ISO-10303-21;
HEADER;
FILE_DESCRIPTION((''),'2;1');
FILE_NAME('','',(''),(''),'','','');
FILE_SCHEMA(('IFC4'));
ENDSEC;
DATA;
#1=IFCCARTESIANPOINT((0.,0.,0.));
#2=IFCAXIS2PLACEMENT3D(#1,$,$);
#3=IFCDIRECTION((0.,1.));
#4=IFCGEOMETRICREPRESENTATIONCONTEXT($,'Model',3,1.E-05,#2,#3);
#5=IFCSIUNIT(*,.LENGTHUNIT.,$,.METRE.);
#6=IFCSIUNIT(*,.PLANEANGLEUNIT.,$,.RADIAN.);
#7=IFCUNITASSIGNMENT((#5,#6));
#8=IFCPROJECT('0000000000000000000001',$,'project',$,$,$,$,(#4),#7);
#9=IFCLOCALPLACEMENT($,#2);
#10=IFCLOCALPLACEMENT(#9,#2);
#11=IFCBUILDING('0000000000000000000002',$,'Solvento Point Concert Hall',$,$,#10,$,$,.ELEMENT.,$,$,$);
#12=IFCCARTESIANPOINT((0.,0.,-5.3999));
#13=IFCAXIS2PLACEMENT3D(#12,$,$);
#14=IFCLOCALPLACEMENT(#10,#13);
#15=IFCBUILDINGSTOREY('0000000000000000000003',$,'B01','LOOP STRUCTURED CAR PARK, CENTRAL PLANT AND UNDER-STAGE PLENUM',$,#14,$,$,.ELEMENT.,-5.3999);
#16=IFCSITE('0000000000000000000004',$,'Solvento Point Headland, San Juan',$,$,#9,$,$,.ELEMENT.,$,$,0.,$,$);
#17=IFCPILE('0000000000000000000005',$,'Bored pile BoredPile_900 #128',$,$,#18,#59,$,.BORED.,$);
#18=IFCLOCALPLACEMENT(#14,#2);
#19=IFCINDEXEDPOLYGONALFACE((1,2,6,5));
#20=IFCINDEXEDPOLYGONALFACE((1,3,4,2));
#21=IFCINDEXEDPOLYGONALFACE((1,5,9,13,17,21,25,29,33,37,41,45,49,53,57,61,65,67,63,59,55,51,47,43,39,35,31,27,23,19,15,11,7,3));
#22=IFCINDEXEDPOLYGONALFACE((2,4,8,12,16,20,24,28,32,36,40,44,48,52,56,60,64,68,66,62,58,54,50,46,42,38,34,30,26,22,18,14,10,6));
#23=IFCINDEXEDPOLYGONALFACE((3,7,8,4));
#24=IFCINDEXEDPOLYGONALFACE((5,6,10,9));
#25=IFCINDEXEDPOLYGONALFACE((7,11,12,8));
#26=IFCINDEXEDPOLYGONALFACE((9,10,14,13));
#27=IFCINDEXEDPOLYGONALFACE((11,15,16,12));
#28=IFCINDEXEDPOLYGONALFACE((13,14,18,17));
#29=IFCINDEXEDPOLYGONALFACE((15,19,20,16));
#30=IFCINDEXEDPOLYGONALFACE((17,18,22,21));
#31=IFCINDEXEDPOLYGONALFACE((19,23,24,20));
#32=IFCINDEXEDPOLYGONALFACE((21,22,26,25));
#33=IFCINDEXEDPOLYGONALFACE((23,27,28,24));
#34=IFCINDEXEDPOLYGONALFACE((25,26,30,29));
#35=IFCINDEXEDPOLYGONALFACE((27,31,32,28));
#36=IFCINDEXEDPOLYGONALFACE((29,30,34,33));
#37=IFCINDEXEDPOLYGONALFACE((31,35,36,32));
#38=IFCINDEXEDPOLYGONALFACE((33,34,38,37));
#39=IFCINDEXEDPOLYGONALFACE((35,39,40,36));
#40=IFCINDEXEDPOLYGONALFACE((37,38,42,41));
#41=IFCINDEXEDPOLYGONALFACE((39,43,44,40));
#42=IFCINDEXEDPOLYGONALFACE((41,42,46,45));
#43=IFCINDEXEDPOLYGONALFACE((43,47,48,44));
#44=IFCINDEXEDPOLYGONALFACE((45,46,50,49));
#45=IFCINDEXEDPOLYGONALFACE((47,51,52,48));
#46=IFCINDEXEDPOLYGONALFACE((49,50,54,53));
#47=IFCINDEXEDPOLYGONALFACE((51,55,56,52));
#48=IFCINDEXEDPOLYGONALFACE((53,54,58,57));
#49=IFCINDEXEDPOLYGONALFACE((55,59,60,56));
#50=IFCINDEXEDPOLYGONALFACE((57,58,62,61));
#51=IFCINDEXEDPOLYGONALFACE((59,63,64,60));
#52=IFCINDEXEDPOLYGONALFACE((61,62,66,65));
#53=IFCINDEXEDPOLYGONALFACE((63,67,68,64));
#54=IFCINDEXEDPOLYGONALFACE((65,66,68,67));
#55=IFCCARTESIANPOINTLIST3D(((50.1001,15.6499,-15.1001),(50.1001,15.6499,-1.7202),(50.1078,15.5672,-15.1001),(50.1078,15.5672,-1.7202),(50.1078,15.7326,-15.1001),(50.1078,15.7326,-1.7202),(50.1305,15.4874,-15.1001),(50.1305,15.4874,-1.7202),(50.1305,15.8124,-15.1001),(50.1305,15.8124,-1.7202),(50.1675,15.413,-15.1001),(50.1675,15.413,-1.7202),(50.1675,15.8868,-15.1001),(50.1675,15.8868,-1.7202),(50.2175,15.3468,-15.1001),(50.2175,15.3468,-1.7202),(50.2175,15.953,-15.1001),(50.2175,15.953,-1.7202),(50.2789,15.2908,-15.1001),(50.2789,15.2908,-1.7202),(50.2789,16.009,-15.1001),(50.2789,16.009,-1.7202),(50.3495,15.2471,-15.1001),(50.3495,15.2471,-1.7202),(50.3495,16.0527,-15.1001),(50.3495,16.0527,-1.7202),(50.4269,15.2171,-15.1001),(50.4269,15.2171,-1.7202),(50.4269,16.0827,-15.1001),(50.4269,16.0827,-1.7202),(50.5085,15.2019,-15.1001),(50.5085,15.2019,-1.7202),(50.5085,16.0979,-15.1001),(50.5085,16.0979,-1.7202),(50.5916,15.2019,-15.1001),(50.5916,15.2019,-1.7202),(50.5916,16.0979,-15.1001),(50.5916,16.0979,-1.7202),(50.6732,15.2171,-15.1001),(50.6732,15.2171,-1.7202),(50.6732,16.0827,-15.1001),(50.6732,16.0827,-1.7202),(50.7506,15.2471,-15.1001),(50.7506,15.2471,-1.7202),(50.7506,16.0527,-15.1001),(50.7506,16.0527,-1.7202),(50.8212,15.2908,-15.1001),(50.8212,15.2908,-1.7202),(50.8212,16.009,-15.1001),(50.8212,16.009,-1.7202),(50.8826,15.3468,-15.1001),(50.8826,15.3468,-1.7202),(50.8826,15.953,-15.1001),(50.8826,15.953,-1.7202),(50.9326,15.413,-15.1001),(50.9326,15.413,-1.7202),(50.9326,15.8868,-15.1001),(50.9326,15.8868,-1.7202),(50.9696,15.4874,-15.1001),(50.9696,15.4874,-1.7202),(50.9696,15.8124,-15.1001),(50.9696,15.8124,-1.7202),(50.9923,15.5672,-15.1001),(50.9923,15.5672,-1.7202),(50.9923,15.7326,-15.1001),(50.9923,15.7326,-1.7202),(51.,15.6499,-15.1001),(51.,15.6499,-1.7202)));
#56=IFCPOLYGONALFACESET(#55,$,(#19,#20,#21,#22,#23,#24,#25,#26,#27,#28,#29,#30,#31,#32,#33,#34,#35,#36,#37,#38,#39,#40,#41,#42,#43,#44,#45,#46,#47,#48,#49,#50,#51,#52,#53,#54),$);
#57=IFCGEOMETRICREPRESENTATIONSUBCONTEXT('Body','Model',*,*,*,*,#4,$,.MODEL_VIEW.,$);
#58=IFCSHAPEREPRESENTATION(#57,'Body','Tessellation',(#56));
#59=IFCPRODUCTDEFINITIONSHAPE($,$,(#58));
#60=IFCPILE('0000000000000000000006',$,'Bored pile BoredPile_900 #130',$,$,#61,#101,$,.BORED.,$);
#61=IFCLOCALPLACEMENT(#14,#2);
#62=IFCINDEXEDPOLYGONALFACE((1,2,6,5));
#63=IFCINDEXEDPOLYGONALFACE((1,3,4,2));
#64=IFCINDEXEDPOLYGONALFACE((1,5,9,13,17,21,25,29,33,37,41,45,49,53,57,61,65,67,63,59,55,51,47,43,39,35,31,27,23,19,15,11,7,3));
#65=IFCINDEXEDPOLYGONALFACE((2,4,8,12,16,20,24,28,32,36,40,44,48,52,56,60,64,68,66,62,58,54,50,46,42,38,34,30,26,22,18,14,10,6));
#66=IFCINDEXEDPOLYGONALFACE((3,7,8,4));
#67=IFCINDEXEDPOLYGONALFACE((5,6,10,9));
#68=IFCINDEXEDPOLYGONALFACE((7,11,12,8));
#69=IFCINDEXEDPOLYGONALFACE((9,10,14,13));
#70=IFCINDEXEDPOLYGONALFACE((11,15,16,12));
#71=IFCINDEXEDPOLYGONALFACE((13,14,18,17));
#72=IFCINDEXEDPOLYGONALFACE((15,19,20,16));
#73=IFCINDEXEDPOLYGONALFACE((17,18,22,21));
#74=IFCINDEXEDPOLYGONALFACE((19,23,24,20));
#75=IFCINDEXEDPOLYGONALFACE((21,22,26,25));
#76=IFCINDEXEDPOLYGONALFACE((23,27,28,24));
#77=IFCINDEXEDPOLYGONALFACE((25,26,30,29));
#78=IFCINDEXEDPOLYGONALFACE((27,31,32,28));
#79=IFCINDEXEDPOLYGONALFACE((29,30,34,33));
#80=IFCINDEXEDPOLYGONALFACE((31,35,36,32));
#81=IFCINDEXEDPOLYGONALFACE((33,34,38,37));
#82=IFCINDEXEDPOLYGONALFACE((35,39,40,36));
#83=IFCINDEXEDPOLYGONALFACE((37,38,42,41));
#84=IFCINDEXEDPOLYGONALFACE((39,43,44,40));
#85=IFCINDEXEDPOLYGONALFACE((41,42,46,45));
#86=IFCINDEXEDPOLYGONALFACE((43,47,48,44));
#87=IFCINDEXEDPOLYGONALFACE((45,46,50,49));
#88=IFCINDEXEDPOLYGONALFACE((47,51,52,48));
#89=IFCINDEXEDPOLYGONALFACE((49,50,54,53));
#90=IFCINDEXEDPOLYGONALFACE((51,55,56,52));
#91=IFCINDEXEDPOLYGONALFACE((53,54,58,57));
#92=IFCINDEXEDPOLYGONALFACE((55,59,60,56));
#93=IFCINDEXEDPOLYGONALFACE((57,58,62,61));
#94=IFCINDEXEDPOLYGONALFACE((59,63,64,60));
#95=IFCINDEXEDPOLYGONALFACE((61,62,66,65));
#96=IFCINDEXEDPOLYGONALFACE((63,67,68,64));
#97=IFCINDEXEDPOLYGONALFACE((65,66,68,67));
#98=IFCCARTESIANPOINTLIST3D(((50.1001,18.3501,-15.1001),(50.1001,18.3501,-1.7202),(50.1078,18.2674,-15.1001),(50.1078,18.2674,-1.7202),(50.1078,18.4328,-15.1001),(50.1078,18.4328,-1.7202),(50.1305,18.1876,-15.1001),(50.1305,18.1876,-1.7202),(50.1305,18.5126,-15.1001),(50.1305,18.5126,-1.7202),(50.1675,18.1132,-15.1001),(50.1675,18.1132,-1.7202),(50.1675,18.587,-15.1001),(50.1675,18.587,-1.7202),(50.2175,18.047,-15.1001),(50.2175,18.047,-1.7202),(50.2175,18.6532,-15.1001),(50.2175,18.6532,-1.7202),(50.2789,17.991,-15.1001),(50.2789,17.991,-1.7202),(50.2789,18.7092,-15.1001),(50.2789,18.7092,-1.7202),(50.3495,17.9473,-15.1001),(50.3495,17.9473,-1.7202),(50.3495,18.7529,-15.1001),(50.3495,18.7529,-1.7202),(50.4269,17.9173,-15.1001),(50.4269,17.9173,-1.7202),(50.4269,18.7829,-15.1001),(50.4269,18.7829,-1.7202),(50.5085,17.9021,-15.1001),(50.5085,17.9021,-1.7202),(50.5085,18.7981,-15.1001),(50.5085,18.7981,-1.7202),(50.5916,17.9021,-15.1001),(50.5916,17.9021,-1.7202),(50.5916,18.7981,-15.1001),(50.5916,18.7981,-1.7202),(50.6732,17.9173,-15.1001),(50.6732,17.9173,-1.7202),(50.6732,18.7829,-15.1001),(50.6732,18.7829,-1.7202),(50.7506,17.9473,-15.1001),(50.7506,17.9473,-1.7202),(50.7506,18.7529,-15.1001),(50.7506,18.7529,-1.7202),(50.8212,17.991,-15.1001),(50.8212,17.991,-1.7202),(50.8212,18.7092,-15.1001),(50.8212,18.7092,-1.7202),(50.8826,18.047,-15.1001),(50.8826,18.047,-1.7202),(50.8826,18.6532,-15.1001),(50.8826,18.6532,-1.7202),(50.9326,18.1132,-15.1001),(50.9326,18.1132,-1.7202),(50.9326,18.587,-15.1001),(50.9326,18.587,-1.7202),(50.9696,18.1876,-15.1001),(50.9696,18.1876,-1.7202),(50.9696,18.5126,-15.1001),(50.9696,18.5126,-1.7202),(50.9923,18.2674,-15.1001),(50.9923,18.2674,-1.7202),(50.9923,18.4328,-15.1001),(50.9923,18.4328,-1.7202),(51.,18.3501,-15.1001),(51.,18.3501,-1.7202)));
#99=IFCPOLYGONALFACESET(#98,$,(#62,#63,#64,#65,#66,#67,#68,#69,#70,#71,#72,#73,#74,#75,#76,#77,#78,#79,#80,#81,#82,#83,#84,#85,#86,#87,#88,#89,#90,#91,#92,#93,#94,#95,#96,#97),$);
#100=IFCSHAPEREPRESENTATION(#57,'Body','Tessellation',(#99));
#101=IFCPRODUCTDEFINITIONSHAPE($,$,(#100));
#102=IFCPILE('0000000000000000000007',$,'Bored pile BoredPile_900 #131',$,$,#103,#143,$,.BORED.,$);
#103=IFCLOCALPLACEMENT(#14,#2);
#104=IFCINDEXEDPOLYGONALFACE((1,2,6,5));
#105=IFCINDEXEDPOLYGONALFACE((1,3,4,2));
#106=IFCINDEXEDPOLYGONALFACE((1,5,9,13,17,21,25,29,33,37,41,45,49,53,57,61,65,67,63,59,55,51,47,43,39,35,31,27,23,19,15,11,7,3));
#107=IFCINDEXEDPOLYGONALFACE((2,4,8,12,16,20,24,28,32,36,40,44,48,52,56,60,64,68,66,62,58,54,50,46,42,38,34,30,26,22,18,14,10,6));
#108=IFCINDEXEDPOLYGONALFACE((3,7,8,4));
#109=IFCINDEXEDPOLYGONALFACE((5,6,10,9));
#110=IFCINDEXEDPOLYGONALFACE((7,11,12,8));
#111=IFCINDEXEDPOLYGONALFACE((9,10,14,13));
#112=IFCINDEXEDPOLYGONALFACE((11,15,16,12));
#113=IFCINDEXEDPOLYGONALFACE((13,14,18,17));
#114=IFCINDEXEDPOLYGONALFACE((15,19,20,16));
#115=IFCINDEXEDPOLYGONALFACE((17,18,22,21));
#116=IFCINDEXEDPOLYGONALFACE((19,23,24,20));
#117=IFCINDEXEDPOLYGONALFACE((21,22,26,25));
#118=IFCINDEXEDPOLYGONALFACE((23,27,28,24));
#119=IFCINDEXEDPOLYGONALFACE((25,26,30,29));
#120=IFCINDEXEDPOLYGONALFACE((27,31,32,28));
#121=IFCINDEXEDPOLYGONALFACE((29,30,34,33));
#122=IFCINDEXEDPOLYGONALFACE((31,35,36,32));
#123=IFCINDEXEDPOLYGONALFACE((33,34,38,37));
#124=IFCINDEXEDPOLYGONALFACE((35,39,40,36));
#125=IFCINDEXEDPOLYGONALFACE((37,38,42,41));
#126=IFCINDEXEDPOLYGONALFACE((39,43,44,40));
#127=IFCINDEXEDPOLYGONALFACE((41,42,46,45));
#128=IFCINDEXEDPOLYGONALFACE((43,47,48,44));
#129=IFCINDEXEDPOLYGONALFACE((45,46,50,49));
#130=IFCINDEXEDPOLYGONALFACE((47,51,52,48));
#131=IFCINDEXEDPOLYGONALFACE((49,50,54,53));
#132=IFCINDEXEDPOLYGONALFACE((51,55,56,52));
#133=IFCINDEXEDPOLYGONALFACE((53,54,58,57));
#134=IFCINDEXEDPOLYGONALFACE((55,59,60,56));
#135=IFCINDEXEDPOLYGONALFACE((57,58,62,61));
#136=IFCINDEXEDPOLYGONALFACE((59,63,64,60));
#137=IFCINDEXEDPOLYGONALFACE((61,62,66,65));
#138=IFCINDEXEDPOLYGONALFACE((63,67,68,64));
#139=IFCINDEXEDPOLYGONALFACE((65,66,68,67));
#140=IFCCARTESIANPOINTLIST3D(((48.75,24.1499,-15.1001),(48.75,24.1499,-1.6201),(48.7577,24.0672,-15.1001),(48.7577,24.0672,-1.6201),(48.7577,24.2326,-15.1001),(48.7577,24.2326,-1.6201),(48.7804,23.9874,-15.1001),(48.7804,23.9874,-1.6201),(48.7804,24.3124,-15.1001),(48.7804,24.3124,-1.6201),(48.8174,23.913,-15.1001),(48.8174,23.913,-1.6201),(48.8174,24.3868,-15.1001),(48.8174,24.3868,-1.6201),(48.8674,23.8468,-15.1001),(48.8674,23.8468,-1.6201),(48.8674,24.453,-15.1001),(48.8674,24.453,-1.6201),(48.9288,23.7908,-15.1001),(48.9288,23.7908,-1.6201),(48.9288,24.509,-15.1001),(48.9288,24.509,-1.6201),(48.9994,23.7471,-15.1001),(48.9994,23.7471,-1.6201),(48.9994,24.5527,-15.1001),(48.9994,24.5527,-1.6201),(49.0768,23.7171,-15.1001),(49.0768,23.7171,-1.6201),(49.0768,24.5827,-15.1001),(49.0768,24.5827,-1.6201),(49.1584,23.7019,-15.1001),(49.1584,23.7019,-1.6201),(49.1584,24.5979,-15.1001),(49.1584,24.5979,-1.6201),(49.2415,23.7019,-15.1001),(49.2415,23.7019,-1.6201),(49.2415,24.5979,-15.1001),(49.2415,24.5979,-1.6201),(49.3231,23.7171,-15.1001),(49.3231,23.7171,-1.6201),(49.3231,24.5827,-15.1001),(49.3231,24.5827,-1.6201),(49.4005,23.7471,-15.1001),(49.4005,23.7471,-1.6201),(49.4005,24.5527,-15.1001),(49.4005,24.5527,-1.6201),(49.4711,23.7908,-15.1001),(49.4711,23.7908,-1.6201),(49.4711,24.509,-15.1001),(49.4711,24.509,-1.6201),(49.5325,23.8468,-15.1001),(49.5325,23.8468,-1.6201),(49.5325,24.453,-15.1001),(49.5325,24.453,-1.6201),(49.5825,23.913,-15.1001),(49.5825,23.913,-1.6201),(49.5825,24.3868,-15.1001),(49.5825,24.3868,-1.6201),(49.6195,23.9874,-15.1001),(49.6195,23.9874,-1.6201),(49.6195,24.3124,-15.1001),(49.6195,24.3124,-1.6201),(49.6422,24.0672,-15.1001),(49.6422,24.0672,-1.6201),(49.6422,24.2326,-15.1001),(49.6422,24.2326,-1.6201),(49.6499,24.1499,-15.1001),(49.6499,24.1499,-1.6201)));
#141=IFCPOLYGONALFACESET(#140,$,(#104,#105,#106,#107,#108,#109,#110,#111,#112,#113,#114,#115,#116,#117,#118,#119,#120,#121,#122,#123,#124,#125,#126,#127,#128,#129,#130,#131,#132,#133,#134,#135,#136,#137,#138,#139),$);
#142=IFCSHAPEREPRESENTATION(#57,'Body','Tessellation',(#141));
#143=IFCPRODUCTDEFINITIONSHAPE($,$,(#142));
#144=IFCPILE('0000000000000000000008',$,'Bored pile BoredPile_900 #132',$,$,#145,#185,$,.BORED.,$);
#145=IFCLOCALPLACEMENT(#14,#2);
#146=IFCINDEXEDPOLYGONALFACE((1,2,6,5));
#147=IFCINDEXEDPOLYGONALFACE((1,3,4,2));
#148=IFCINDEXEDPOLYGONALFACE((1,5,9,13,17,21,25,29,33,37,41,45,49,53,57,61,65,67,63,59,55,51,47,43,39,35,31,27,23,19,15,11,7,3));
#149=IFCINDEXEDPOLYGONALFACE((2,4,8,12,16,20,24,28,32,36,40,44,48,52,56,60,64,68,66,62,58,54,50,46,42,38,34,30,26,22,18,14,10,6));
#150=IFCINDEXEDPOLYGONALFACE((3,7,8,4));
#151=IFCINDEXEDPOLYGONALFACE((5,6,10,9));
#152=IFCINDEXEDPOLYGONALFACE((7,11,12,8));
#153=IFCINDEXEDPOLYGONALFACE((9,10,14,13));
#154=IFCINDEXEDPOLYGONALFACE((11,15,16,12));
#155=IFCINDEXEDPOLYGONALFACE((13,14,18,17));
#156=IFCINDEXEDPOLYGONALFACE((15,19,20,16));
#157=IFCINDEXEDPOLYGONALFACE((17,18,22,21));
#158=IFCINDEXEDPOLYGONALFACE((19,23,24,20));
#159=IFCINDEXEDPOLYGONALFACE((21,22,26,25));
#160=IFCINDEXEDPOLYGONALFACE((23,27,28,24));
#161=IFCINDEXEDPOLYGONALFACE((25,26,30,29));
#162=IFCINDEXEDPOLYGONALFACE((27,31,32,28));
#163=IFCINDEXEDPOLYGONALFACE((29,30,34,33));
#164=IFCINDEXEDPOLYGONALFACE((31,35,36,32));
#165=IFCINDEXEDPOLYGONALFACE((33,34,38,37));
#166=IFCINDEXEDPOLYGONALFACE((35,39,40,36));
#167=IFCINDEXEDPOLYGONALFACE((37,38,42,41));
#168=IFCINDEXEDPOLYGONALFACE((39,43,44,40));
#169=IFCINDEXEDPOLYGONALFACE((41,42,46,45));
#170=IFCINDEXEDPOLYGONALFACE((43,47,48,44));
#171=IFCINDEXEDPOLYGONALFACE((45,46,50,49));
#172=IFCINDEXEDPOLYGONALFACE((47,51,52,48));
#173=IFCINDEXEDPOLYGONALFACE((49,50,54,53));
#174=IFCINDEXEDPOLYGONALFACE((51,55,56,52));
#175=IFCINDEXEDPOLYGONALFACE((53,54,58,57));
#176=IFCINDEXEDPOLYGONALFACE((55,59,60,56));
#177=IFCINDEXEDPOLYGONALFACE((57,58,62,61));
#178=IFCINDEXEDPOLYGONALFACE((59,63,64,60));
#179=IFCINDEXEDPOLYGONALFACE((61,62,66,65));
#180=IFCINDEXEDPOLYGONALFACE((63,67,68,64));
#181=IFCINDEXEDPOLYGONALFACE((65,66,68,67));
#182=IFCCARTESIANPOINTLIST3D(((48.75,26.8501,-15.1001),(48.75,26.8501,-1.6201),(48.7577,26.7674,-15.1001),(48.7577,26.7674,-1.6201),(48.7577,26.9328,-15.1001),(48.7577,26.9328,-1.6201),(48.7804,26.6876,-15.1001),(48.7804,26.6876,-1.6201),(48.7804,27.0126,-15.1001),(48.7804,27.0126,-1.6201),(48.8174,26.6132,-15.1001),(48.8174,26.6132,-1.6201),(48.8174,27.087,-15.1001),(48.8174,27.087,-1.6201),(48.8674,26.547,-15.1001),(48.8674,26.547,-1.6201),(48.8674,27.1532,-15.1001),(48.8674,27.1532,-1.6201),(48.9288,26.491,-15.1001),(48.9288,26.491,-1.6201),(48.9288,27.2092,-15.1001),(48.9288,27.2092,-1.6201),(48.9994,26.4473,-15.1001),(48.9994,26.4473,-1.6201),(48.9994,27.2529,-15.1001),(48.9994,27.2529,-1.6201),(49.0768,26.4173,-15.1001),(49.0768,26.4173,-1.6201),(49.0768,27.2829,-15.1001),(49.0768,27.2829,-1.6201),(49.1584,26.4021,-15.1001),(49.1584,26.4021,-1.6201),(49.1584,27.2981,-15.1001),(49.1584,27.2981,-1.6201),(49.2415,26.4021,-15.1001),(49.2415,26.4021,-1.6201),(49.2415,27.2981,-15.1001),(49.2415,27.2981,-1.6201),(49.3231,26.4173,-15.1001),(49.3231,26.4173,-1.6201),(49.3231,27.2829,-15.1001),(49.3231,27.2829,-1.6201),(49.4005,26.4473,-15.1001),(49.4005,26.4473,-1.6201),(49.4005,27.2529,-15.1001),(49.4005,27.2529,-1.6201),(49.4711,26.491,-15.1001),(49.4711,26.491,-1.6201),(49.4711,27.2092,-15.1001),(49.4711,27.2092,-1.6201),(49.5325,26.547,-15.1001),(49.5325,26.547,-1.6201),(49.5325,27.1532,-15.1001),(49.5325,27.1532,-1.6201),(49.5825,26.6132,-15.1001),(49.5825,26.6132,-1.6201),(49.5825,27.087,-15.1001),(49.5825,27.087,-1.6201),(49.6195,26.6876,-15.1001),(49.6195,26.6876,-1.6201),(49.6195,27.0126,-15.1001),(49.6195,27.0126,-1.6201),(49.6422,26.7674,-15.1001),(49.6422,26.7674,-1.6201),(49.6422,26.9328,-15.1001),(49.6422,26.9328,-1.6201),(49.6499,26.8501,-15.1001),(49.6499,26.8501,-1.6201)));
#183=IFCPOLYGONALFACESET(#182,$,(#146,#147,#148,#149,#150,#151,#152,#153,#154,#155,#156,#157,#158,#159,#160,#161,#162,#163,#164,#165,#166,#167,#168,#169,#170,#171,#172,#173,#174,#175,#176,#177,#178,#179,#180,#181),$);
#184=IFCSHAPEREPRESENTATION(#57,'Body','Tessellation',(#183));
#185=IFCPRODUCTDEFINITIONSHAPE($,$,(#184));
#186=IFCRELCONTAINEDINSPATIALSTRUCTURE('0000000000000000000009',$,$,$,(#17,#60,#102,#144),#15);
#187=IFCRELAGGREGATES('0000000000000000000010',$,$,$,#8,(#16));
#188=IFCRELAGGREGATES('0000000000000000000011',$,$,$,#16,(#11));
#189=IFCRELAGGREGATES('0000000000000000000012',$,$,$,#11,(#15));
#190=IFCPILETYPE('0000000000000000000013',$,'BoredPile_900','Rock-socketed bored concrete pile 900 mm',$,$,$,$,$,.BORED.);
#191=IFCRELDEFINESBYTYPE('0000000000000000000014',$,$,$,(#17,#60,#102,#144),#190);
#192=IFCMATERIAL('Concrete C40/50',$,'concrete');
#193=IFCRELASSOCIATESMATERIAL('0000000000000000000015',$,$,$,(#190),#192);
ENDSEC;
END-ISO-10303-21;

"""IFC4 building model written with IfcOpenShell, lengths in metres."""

from ifc_helpers import new_model, si_unit, direction, frame, origin, origin_2d, place, context, subcontext, project, spatial, circle, extrude, material, material_profile, profile_set, type_object, element, save


model = new_model("IFC4")

# Units and contexts
model_context = context("Model", 3, precision=1e-05, world=origin(), true_north=direction((0.0, 1.0)))
body_context = subcontext(model_context, "Body", "Model", "MODEL_VIEW")
ifc_project = project(units=[si_unit("LENGTHUNIT", "METRE"), si_unit("PLANEANGLEUNIT", "RADIAN")], contexts=[model_context])

# Site, building, storey
site_placement = place(None, origin())
site = spatial("IfcSite", under=ifc_project, at=site_placement, Name="Solvento Point Headland, San Juan", CompositionType="ELEMENT", RefElevation=0.0)
building_placement = place(site_placement, origin())
building = spatial("IfcBuilding", under=site, at=building_placement, Name="Solvento Point Concert Hall", CompositionType="ELEMENT")
storey_placement = place(building_placement, frame((0.0, 0.0, -5.3999)))
storey = spatial("IfcBuildingStorey", under=building, at=storey_placement, Name="B01", Description="LOOP STRUCTURED CAR PARK, CENTRAL PLANT AND UNDER-STAGE PLENUM", CompositionType="ELEMENT", Elevation=-5.3999)

# Piles
ifc_material_1 = material(Name="Concrete C40/50", Category="concrete")
ifc_material_profile_1 = material_profile(ifc_material_1, circle(Radius=0.45, at=origin_2d()), Name="BP-900")
ifc_profile_set_1 = profile_set([ifc_material_profile_1], Name="Concrete C40/50")
pile_type_1 = type_object("IfcPileType", Name="BoredPile_900", Description="Rock-socketed bored concrete pile 900 mm", PredefinedType="BORED", material=ifc_profile_set_1)
for number, where, z_axis, x_axis, name in (
    (1, (50.55, 15.6499, -1.7202), (0.0, 0.0, -1.0), (1.0, 0.0, 0.0), "Bored pile BoredPile_900 #128"),
    (2, (50.55, 18.3501, -1.7202), (0.0, 0.0, -1.0), (1.0, 0.0, 0.0), "Bored pile BoredPile_900 #130"),
):
    element("IfcPile", number, at=place(storey_placement, frame(where, z_axis=z_axis, x_axis=x_axis)), inside=storey, type_object=pile_type_1, Name=name, PredefinedType="BORED", context=body_context, shape_type="SweptSolid", body=[
        extrude(circle(Radius=0.45, at=origin_2d()), origin(), (0.0, 0.0, 1.0), 13.3799),
    ])
for number, where, z_axis, x_axis, name in (
    (3, (49.2, 24.1499, -1.6201), (0.0, 0.0, -1.0), (1.0, 0.0, 0.0), "Bored pile BoredPile_900 #131"),
    (4, (49.2, 26.8501, -1.6201), (0.0, 0.0, -1.0), (1.0, 0.0, 0.0), "Bored pile BoredPile_900 #132"),
):
    element("IfcPile", number, at=place(storey_placement, frame(where, z_axis=z_axis, x_axis=x_axis)), inside=storey, type_object=pile_type_1, Name=name, PredefinedType="BORED", context=body_context, shape_type="SweptSolid", body=[
        extrude(circle(Radius=0.45, at=origin_2d()), origin(), (0.0, 0.0, 1.0), 13.48),
    ])

save(model, "model.ifc")
